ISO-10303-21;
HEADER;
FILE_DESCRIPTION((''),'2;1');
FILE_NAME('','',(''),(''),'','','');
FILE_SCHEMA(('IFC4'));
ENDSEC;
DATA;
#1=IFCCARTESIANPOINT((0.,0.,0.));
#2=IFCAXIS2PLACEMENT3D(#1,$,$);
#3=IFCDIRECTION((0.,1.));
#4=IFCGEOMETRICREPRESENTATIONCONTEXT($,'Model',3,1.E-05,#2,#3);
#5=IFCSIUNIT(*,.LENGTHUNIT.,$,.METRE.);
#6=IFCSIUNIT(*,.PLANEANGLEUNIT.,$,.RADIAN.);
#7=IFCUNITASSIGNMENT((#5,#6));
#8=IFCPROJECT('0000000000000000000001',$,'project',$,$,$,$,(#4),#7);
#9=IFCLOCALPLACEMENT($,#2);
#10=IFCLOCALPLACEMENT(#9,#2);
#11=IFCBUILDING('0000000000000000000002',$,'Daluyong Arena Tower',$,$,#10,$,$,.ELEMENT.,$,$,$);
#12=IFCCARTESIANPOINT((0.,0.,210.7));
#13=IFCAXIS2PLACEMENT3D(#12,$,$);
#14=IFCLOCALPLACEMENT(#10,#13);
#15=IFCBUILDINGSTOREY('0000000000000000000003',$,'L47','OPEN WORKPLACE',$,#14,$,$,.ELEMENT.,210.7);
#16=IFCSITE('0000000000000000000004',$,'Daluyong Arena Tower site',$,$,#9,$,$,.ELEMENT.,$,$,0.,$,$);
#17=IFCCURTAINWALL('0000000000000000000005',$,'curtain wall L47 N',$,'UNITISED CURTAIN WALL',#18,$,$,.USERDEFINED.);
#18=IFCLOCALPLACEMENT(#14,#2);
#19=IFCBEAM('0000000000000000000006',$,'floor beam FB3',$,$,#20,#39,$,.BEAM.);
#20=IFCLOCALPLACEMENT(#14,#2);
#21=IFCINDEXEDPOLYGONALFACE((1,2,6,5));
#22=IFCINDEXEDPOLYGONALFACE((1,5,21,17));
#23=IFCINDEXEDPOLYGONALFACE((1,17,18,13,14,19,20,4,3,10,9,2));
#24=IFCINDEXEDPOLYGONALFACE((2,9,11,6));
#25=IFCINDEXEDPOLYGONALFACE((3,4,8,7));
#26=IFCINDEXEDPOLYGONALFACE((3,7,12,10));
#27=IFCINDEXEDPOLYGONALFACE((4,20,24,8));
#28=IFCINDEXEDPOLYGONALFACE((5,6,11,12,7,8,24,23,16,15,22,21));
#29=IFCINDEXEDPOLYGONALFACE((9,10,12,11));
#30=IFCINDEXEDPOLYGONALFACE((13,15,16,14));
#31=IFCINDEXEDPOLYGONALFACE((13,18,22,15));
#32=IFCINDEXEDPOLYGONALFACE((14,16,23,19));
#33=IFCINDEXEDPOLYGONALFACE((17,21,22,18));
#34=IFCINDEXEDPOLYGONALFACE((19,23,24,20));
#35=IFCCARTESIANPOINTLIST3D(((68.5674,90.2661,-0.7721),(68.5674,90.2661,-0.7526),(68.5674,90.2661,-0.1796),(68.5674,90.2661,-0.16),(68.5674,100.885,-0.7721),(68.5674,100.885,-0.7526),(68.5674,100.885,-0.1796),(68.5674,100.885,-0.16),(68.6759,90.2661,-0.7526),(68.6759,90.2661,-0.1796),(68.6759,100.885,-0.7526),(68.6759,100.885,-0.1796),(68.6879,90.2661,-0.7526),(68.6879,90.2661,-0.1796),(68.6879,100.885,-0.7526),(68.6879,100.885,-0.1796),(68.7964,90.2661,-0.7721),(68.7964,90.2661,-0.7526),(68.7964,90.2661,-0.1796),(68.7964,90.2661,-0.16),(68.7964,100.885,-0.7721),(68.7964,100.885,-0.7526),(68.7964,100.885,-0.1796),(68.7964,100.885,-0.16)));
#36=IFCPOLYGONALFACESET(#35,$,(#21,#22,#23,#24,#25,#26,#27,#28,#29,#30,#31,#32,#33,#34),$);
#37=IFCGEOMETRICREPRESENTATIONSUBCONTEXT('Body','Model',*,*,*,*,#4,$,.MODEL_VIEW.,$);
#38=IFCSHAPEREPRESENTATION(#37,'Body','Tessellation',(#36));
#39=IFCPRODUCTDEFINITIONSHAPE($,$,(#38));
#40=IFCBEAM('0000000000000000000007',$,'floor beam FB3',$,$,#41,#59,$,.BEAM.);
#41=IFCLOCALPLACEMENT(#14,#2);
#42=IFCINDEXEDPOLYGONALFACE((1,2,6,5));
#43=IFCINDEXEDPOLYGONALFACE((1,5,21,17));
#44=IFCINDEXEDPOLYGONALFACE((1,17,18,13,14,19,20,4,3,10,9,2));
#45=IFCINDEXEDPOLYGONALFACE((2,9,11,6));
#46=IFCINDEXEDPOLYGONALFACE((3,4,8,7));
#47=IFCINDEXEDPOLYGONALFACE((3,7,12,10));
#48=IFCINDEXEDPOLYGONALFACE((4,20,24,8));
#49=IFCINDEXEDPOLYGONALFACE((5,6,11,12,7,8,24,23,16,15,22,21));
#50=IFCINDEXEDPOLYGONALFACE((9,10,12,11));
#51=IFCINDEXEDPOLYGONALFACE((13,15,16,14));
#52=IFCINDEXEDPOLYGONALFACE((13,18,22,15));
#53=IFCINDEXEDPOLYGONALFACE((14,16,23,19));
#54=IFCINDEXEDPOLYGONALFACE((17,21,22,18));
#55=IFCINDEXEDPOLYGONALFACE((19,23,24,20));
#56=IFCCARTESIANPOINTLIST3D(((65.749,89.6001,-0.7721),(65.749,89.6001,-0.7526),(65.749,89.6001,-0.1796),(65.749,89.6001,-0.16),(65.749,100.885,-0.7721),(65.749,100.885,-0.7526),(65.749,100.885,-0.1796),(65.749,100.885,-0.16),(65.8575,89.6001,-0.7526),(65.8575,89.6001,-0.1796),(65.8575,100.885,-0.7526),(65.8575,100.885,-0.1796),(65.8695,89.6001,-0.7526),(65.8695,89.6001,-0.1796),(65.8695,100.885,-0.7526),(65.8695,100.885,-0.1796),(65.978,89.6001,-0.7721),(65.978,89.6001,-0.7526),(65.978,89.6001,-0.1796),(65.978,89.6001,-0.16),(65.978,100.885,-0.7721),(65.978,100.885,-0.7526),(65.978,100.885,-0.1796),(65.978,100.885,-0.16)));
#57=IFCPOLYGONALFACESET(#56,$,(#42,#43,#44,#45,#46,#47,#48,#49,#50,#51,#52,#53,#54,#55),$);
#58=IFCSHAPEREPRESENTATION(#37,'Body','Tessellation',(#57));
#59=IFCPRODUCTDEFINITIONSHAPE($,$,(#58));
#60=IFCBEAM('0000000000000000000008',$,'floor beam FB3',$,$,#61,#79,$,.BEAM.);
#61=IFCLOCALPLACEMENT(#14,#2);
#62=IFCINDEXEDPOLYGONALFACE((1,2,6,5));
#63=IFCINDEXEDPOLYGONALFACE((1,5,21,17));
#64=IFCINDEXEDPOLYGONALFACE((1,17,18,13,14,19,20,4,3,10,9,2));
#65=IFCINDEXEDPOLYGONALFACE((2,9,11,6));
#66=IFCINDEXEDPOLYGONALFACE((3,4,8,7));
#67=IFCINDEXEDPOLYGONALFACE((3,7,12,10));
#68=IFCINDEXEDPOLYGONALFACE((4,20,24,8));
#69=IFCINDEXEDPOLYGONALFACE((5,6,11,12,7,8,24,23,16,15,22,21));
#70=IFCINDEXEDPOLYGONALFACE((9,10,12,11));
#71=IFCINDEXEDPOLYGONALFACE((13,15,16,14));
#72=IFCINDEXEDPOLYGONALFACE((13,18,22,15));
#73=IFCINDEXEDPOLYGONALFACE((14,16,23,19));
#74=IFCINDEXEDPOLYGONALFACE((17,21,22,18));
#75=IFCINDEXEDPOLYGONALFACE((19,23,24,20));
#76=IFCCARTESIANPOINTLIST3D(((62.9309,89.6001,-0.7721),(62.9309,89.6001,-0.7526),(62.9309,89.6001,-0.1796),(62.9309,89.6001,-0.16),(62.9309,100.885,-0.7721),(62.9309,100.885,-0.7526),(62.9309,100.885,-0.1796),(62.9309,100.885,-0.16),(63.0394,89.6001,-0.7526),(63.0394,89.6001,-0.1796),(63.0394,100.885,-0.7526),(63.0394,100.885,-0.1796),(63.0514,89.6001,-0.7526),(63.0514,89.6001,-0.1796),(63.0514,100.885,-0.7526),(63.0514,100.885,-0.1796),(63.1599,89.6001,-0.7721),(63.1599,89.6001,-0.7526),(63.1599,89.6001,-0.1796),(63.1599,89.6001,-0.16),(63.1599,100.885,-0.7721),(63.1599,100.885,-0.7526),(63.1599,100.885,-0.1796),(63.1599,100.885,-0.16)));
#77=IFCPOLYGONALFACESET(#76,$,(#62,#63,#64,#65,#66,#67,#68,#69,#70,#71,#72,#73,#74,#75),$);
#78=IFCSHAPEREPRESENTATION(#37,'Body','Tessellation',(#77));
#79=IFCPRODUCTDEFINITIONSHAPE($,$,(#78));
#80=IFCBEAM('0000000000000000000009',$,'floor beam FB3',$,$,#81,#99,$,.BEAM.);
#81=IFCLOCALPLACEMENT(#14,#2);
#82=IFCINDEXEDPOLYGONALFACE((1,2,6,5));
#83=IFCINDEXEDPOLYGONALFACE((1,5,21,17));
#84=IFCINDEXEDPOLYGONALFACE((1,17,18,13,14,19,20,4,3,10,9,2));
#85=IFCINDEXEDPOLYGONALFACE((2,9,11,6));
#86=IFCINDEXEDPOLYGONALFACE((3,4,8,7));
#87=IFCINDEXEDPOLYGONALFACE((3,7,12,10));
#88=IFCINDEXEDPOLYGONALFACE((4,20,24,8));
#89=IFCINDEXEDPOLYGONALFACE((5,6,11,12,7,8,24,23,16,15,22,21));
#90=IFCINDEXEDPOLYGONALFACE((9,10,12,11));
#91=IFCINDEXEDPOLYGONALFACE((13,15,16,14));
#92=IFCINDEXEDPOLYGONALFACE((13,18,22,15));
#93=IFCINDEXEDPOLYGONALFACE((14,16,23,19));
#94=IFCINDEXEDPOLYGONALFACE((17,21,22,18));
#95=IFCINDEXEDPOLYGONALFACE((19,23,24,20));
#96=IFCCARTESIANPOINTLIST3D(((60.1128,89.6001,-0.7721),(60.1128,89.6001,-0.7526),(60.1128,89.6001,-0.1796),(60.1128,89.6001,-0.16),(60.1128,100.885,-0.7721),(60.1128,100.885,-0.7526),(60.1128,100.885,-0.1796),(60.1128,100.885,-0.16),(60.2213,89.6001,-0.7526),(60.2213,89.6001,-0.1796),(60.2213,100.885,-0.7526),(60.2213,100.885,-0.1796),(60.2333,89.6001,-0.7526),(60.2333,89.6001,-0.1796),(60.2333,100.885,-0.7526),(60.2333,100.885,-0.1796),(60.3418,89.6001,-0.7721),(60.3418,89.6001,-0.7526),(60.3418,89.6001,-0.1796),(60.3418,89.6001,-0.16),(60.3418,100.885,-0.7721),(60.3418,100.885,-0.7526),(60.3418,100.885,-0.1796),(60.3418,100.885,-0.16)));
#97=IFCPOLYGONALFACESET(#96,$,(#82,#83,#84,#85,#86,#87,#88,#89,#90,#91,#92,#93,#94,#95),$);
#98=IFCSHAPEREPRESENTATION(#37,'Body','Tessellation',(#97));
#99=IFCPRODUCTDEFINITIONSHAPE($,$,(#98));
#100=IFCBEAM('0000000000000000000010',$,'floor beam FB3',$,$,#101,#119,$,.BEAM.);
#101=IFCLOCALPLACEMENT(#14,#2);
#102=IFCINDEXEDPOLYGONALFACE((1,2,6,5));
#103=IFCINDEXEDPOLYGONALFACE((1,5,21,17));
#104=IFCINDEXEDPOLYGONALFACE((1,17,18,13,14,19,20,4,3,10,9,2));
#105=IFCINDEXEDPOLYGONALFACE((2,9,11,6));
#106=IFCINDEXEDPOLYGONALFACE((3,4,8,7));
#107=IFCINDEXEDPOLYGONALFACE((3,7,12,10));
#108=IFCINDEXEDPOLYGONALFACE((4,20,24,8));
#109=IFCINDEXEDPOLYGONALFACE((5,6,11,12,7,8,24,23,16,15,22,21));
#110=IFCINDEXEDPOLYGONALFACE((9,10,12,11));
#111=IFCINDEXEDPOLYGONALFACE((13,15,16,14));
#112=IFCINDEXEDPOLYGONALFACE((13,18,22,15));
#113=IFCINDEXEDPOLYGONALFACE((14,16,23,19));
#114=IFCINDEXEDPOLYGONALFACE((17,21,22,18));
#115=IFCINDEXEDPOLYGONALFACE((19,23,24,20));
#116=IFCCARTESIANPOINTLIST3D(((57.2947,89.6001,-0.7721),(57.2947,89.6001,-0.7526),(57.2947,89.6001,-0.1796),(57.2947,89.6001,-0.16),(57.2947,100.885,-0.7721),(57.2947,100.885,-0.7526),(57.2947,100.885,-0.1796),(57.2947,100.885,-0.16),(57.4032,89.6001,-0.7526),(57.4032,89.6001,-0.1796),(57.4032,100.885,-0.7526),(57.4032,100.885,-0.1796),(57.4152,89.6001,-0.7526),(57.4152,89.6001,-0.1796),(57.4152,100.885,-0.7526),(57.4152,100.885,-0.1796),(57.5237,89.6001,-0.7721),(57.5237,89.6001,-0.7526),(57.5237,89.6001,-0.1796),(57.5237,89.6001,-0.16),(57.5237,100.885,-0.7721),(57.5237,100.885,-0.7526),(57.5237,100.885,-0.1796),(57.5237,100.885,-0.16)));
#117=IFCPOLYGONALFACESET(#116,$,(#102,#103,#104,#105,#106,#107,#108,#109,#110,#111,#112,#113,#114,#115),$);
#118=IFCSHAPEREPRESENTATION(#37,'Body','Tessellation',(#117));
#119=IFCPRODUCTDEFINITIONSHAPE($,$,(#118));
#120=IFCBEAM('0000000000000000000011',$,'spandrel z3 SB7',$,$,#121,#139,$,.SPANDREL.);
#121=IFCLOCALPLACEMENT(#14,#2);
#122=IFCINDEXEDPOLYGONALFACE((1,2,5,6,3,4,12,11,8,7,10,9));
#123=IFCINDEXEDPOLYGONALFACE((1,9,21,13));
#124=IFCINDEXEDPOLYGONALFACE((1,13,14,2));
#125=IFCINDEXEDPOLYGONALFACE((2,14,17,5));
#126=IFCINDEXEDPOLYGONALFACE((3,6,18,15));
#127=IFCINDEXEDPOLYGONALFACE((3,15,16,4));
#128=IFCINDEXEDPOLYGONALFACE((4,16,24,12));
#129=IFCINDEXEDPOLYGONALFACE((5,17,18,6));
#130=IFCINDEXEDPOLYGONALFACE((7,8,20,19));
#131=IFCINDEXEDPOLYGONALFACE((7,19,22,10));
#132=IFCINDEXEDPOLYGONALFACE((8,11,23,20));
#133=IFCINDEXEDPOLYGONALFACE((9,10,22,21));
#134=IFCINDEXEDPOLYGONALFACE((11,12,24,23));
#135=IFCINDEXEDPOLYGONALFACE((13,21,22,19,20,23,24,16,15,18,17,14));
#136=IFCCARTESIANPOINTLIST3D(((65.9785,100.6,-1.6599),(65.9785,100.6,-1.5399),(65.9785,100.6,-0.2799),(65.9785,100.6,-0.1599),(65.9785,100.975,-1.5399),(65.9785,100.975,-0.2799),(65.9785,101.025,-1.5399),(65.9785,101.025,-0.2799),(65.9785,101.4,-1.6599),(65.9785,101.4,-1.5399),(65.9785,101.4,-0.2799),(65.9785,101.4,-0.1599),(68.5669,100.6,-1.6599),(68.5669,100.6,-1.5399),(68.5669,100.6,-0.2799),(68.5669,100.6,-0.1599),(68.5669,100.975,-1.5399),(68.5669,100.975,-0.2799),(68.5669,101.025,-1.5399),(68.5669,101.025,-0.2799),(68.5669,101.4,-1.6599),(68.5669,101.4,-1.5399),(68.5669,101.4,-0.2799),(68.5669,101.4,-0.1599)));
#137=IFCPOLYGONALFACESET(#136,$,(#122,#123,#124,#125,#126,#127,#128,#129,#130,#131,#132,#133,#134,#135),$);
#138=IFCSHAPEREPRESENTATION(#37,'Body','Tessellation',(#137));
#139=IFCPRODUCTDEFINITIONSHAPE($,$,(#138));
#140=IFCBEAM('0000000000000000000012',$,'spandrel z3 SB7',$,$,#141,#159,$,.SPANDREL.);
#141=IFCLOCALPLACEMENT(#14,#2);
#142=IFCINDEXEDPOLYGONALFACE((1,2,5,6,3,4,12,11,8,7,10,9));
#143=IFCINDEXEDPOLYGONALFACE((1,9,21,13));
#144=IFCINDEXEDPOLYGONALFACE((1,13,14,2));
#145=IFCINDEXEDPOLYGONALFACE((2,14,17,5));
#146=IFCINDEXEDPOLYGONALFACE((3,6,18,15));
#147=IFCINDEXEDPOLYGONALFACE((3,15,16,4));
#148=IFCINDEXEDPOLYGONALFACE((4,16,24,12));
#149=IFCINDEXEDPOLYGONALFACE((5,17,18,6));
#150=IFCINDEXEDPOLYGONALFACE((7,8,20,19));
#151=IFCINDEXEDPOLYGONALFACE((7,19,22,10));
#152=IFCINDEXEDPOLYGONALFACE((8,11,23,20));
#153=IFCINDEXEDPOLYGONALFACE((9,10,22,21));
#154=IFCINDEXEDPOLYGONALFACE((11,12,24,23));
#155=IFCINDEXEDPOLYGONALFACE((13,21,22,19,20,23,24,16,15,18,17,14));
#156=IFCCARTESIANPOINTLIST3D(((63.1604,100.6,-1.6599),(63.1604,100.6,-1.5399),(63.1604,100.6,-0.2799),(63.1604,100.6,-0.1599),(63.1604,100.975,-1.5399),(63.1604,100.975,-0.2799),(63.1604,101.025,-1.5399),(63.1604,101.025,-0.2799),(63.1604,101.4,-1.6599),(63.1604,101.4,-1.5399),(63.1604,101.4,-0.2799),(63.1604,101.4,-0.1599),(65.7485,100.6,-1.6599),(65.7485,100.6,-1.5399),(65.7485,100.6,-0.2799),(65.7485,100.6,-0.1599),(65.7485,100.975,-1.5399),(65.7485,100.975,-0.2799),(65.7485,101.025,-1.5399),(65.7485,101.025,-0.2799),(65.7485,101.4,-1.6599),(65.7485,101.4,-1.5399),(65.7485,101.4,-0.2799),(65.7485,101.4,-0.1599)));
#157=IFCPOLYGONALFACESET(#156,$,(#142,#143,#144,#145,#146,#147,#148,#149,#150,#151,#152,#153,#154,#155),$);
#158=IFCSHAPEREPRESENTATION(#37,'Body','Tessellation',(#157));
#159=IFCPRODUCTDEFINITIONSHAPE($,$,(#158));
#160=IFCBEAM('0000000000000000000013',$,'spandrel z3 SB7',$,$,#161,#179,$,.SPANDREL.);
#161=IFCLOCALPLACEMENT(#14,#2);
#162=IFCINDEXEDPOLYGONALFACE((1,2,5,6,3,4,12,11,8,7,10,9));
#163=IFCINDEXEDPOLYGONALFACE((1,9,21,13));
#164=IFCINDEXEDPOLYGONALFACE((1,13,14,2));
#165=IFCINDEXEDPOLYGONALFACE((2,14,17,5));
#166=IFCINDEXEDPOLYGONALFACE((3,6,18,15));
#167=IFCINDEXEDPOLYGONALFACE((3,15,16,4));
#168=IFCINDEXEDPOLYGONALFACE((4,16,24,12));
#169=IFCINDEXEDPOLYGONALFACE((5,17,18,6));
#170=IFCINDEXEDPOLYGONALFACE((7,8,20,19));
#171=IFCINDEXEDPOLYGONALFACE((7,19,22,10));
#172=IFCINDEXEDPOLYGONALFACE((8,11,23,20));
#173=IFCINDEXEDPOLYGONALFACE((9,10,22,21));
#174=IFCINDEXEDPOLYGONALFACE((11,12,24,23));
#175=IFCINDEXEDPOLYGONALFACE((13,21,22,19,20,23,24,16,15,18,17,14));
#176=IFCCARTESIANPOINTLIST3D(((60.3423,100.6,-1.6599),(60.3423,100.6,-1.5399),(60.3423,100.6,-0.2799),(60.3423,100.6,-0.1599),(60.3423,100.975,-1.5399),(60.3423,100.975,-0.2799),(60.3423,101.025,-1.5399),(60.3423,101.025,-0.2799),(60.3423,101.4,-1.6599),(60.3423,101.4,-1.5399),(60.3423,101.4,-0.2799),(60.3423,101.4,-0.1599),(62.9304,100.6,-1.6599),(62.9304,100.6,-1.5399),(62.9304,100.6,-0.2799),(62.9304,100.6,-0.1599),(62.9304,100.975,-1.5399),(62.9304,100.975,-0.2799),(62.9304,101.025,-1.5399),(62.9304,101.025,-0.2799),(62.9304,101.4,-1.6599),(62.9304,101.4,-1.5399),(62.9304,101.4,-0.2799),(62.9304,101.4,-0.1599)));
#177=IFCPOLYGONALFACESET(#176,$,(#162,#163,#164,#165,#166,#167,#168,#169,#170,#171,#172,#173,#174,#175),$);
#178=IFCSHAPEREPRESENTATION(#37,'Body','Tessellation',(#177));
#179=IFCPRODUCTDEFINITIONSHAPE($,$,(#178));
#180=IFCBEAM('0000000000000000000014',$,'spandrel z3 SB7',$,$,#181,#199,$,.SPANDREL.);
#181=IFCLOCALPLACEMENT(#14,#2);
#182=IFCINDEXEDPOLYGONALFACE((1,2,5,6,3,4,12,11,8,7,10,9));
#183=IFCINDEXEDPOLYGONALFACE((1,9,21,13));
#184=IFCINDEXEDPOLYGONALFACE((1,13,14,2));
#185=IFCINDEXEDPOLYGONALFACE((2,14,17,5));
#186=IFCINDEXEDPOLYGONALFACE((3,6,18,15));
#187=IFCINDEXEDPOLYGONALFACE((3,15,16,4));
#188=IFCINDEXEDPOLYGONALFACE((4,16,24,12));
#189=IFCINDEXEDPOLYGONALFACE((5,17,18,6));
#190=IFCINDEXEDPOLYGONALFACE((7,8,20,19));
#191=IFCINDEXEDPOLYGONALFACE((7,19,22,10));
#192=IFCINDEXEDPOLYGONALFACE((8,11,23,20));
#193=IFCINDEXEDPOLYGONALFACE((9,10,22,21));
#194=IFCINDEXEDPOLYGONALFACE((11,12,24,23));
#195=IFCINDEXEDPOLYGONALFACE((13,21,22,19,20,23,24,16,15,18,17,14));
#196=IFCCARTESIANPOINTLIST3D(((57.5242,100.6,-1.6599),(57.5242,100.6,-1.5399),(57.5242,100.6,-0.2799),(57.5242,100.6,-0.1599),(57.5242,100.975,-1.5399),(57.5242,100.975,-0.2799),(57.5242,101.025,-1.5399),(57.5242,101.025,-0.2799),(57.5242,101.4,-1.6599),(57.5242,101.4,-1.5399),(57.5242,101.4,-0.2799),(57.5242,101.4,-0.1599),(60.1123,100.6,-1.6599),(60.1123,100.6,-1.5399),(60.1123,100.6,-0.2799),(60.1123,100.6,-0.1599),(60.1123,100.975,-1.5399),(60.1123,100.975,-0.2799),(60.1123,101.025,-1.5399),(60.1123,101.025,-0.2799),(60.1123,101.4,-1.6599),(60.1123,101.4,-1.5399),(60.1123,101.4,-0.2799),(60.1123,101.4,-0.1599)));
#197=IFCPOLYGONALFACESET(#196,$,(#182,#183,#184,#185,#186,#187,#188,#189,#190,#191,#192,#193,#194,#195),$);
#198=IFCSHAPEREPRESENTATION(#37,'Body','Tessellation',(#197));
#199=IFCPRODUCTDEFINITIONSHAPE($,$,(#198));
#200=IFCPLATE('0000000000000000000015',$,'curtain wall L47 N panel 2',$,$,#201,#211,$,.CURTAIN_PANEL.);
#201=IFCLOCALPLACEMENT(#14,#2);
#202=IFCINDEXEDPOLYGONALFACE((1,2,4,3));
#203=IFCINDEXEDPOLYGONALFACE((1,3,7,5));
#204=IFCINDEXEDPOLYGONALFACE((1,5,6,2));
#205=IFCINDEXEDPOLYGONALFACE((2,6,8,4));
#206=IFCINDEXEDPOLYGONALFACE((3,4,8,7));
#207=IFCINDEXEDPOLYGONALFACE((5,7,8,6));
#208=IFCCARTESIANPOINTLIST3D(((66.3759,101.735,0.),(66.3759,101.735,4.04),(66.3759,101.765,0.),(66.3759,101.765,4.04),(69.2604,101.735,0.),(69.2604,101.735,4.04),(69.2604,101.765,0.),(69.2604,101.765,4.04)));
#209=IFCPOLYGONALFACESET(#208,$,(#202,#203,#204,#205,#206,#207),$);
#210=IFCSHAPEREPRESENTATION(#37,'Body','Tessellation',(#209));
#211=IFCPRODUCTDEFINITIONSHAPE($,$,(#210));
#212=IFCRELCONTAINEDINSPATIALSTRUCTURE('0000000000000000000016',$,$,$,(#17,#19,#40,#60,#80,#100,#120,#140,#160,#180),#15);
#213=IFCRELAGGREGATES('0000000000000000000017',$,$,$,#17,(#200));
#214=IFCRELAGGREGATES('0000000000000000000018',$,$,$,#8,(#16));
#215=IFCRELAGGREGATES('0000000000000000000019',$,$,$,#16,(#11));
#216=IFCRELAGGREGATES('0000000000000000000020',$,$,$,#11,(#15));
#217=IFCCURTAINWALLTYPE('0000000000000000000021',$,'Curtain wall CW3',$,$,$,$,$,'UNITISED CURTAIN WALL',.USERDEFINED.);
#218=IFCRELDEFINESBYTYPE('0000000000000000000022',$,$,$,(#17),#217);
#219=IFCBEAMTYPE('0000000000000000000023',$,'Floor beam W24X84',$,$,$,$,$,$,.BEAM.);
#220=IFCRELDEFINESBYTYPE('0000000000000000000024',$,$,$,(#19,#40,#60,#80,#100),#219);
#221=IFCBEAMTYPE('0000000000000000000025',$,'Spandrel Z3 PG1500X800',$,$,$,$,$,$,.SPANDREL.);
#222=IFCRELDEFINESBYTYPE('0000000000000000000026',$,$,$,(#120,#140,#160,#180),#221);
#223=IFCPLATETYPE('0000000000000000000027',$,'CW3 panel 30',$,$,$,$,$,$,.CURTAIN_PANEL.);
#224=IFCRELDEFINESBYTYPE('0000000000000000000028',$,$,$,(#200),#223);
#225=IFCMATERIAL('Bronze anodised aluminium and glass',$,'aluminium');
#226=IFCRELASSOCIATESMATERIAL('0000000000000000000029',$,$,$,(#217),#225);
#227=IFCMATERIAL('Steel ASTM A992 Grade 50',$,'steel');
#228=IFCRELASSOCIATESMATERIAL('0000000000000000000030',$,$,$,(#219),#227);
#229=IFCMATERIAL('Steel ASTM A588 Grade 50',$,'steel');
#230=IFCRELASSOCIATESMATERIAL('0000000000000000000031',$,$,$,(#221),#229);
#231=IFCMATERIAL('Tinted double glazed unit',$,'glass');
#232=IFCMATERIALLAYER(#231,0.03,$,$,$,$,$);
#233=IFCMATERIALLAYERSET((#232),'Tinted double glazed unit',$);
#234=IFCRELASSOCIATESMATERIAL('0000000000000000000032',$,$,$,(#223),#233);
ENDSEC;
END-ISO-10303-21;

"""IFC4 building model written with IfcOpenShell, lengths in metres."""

from ifc_helpers import new_model, si_unit, direction, frame, origin, origin_2d, place, context, subcontext, project, spatial, rectangle, i_section, extrude, material, layer, layer_set, material_profile, profile_set, type_object, element, aggregate, save


model = new_model("IFC4")

# Units and contexts
model_context = context("Model", 3, precision=1e-05, world=origin(), true_north=direction((0.0, 1.0)))
body_context = subcontext(model_context, "Body", "Model", "MODEL_VIEW")
ifc_project = project(units=[si_unit("LENGTHUNIT", "METRE"), si_unit("PLANEANGLEUNIT", "RADIAN")], contexts=[model_context])

# Site, building, storey
site_placement = place(None, origin())
site = spatial("IfcSite", under=ifc_project, at=site_placement, Name="Daluyong Arena Tower site", CompositionType="ELEMENT", RefElevation=0.0)
building_placement = place(site_placement, origin())
building = spatial("IfcBuilding", under=site, at=building_placement, Name="Daluyong Arena Tower", CompositionType="ELEMENT")
storey_placement = place(building_placement, frame((0.0, 0.0, 210.7)))
storey = spatial("IfcBuildingStorey", under=building, at=storey_placement, Name="L47", Description="OPEN WORKPLACE", CompositionType="ELEMENT", Elevation=210.7)

# Curtain wall
ifc_material_1 = material(Name="Bronze anodised aluminium and glass", Category="aluminium")
curtain_wall_type = type_object("IfcCurtainWallType", Name="Curtain wall CW3", ElementType="UNITISED CURTAIN WALL", PredefinedType="USERDEFINED", material=ifc_material_1)
curtain_wall_placement = place(storey_placement, origin())
curtain_wall = element("IfcCurtainWall", 1, at=curtain_wall_placement, inside=storey, type_object=curtain_wall_type, Name="curtain wall L47 N", ObjectType="UNITISED CURTAIN WALL", PredefinedType="USERDEFINED")

# Beams
ifc_material_2 = material(Name="Steel ASTM A992 Grade 50", Category="steel")
ifc_material_profile_1 = material_profile(ifc_material_2, i_section(OverallWidth=0.229, OverallDepth=0.6121, WebThickness=0.012, FlangeThickness=0.0195, at=origin_2d()))
ifc_profile_set_1 = profile_set([ifc_material_profile_1], Name="Steel ASTM A992 Grade 50")
beam_type_1 = type_object("IfcBeamType", Name="Floor beam W24X84", PredefinedType="BEAM", material=ifc_profile_set_1)
beam_1_placement = place(storey_placement, frame((68.6819, 100.885, -0.4661), z_axis=(0.0, -1.0, 0.0), x_axis=(1.0, 0.0, 0.0)))
element("IfcBeam", 2, at=beam_1_placement, inside=storey, type_object=beam_type_1, Name="floor beam FB3", PredefinedType="BEAM", context=body_context, shape_type="SweptSolid", body=[
    extrude(i_section(OverallWidth=0.229, OverallDepth=0.6121, WebThickness=0.012, FlangeThickness=0.0195, at=origin_2d()), origin(), (0.0, 0.0, 1.0), 10.6189),
])
for number, where, z_axis, x_axis, name in (
    (3, (65.8635, 100.885, -0.4661), (0.0, -1.0, 0.0), (1.0, 0.0, 0.0), "floor beam FB3"),
    (4, (63.0454, 100.885, -0.4661), (0.0, -1.0, 0.0), (1.0, 0.0, 0.0), "floor beam FB3"),
    (5, (60.2273, 100.885, -0.4661), (0.0, -1.0, 0.0), (1.0, 0.0, 0.0), "floor beam FB3"),
    (6, (57.4092, 100.885, -0.4661), (0.0, -1.0, 0.0), (1.0, 0.0, 0.0), "floor beam FB3"),
):
    element("IfcBeam", number, at=place(storey_placement, frame(where, z_axis=z_axis, x_axis=x_axis)), inside=storey, type_object=beam_type_1, Name=name, PredefinedType="BEAM", context=body_context, shape_type="SweptSolid", body=[
        extrude(i_section(OverallWidth=0.229, OverallDepth=0.6121, WebThickness=0.012, FlangeThickness=0.0195, at=origin_2d()), origin(), (0.0, 0.0, 1.0), 11.2849),
    ])
ifc_material_3 = material(Name="Steel ASTM A588 Grade 50", Category="steel")
ifc_material_profile_2 = material_profile(ifc_material_3, i_section(OverallWidth=0.8, OverallDepth=1.5, WebThickness=0.05, FlangeThickness=0.12, at=origin_2d()))
ifc_profile_set_2 = profile_set([ifc_material_profile_2], Name="Steel ASTM A588 Grade 50")
beam_type_2 = type_object("IfcBeamType", Name="Spandrel Z3 PG1500X800", PredefinedType="SPANDREL", material=ifc_profile_set_2)
beam_2_placement = place(storey_placement, frame((68.5669, 101.0, -0.9099), z_axis=(-1.0, 0.0, 0.0), x_axis=(0.0, -1.0, 0.0)))
element("IfcBeam", 7, at=beam_2_placement, inside=storey, type_object=beam_type_2, Name="spandrel z3 SB7", PredefinedType="SPANDREL", context=body_context, shape_type="SweptSolid", body=[
    extrude(i_section(OverallWidth=0.8, OverallDepth=1.5, WebThickness=0.05, FlangeThickness=0.12, at=origin_2d()), origin(), (0.0, 0.0, 1.0), 2.5884),
])
for number, where, z_axis, x_axis, name in (
    (8, (65.7485, 101.0, -0.9099), (-1.0, 0.0, 0.0), (0.0, -1.0, 0.0), "spandrel z3 SB7"),
    (9, (62.9304, 101.0, -0.9099), (-1.0, 0.0, 0.0), (0.0, -1.0, 0.0), "spandrel z3 SB7"),
    (10, (60.1123, 101.0, -0.9099), (-1.0, 0.0, 0.0), (0.0, -1.0, 0.0), "spandrel z3 SB7"),
):
    element("IfcBeam", number, at=place(storey_placement, frame(where, z_axis=z_axis, x_axis=x_axis)), inside=storey, type_object=beam_type_2, Name=name, PredefinedType="SPANDREL", context=body_context, shape_type="SweptSolid", body=[
        extrude(i_section(OverallWidth=0.8, OverallDepth=1.5, WebThickness=0.05, FlangeThickness=0.12, at=origin_2d()), origin(), (0.0, 0.0, 1.0), 2.5881),
    ])

# Plate
ifc_material_4 = material(Name="Tinted double glazed unit", Category="glass")
ifc_layer_1 = layer(ifc_material_4, 0.03)
ifc_layer_set_1 = layer_set([ifc_layer_1], Name="Tinted double glazed unit")
plate_type = type_object("IfcPlateType", Name="CW3 panel 30", PredefinedType="CURTAIN_PANEL", material=ifc_layer_set_1)
plate_1_placement = place(storey_placement, frame((67.8181, 101.75, 0.0), z_axis=(0.0, 0.0, 1.0), x_axis=(-1.0, 0.0, 0.0)))
plate_1 = element("IfcPlate", 11, at=plate_1_placement, type_object=plate_type, Name="curtain wall L47 N panel 2", PredefinedType="CURTAIN_PANEL", context=body_context, shape_type="SweptSolid", body=[
    extrude(rectangle(XDim=2.8845, YDim=0.03, at=origin_2d()), origin(), (0.0, 0.0, 1.0), 4.04),
])
aggregate(curtain_wall, [plate_1])

save(model, "model.ifc")
